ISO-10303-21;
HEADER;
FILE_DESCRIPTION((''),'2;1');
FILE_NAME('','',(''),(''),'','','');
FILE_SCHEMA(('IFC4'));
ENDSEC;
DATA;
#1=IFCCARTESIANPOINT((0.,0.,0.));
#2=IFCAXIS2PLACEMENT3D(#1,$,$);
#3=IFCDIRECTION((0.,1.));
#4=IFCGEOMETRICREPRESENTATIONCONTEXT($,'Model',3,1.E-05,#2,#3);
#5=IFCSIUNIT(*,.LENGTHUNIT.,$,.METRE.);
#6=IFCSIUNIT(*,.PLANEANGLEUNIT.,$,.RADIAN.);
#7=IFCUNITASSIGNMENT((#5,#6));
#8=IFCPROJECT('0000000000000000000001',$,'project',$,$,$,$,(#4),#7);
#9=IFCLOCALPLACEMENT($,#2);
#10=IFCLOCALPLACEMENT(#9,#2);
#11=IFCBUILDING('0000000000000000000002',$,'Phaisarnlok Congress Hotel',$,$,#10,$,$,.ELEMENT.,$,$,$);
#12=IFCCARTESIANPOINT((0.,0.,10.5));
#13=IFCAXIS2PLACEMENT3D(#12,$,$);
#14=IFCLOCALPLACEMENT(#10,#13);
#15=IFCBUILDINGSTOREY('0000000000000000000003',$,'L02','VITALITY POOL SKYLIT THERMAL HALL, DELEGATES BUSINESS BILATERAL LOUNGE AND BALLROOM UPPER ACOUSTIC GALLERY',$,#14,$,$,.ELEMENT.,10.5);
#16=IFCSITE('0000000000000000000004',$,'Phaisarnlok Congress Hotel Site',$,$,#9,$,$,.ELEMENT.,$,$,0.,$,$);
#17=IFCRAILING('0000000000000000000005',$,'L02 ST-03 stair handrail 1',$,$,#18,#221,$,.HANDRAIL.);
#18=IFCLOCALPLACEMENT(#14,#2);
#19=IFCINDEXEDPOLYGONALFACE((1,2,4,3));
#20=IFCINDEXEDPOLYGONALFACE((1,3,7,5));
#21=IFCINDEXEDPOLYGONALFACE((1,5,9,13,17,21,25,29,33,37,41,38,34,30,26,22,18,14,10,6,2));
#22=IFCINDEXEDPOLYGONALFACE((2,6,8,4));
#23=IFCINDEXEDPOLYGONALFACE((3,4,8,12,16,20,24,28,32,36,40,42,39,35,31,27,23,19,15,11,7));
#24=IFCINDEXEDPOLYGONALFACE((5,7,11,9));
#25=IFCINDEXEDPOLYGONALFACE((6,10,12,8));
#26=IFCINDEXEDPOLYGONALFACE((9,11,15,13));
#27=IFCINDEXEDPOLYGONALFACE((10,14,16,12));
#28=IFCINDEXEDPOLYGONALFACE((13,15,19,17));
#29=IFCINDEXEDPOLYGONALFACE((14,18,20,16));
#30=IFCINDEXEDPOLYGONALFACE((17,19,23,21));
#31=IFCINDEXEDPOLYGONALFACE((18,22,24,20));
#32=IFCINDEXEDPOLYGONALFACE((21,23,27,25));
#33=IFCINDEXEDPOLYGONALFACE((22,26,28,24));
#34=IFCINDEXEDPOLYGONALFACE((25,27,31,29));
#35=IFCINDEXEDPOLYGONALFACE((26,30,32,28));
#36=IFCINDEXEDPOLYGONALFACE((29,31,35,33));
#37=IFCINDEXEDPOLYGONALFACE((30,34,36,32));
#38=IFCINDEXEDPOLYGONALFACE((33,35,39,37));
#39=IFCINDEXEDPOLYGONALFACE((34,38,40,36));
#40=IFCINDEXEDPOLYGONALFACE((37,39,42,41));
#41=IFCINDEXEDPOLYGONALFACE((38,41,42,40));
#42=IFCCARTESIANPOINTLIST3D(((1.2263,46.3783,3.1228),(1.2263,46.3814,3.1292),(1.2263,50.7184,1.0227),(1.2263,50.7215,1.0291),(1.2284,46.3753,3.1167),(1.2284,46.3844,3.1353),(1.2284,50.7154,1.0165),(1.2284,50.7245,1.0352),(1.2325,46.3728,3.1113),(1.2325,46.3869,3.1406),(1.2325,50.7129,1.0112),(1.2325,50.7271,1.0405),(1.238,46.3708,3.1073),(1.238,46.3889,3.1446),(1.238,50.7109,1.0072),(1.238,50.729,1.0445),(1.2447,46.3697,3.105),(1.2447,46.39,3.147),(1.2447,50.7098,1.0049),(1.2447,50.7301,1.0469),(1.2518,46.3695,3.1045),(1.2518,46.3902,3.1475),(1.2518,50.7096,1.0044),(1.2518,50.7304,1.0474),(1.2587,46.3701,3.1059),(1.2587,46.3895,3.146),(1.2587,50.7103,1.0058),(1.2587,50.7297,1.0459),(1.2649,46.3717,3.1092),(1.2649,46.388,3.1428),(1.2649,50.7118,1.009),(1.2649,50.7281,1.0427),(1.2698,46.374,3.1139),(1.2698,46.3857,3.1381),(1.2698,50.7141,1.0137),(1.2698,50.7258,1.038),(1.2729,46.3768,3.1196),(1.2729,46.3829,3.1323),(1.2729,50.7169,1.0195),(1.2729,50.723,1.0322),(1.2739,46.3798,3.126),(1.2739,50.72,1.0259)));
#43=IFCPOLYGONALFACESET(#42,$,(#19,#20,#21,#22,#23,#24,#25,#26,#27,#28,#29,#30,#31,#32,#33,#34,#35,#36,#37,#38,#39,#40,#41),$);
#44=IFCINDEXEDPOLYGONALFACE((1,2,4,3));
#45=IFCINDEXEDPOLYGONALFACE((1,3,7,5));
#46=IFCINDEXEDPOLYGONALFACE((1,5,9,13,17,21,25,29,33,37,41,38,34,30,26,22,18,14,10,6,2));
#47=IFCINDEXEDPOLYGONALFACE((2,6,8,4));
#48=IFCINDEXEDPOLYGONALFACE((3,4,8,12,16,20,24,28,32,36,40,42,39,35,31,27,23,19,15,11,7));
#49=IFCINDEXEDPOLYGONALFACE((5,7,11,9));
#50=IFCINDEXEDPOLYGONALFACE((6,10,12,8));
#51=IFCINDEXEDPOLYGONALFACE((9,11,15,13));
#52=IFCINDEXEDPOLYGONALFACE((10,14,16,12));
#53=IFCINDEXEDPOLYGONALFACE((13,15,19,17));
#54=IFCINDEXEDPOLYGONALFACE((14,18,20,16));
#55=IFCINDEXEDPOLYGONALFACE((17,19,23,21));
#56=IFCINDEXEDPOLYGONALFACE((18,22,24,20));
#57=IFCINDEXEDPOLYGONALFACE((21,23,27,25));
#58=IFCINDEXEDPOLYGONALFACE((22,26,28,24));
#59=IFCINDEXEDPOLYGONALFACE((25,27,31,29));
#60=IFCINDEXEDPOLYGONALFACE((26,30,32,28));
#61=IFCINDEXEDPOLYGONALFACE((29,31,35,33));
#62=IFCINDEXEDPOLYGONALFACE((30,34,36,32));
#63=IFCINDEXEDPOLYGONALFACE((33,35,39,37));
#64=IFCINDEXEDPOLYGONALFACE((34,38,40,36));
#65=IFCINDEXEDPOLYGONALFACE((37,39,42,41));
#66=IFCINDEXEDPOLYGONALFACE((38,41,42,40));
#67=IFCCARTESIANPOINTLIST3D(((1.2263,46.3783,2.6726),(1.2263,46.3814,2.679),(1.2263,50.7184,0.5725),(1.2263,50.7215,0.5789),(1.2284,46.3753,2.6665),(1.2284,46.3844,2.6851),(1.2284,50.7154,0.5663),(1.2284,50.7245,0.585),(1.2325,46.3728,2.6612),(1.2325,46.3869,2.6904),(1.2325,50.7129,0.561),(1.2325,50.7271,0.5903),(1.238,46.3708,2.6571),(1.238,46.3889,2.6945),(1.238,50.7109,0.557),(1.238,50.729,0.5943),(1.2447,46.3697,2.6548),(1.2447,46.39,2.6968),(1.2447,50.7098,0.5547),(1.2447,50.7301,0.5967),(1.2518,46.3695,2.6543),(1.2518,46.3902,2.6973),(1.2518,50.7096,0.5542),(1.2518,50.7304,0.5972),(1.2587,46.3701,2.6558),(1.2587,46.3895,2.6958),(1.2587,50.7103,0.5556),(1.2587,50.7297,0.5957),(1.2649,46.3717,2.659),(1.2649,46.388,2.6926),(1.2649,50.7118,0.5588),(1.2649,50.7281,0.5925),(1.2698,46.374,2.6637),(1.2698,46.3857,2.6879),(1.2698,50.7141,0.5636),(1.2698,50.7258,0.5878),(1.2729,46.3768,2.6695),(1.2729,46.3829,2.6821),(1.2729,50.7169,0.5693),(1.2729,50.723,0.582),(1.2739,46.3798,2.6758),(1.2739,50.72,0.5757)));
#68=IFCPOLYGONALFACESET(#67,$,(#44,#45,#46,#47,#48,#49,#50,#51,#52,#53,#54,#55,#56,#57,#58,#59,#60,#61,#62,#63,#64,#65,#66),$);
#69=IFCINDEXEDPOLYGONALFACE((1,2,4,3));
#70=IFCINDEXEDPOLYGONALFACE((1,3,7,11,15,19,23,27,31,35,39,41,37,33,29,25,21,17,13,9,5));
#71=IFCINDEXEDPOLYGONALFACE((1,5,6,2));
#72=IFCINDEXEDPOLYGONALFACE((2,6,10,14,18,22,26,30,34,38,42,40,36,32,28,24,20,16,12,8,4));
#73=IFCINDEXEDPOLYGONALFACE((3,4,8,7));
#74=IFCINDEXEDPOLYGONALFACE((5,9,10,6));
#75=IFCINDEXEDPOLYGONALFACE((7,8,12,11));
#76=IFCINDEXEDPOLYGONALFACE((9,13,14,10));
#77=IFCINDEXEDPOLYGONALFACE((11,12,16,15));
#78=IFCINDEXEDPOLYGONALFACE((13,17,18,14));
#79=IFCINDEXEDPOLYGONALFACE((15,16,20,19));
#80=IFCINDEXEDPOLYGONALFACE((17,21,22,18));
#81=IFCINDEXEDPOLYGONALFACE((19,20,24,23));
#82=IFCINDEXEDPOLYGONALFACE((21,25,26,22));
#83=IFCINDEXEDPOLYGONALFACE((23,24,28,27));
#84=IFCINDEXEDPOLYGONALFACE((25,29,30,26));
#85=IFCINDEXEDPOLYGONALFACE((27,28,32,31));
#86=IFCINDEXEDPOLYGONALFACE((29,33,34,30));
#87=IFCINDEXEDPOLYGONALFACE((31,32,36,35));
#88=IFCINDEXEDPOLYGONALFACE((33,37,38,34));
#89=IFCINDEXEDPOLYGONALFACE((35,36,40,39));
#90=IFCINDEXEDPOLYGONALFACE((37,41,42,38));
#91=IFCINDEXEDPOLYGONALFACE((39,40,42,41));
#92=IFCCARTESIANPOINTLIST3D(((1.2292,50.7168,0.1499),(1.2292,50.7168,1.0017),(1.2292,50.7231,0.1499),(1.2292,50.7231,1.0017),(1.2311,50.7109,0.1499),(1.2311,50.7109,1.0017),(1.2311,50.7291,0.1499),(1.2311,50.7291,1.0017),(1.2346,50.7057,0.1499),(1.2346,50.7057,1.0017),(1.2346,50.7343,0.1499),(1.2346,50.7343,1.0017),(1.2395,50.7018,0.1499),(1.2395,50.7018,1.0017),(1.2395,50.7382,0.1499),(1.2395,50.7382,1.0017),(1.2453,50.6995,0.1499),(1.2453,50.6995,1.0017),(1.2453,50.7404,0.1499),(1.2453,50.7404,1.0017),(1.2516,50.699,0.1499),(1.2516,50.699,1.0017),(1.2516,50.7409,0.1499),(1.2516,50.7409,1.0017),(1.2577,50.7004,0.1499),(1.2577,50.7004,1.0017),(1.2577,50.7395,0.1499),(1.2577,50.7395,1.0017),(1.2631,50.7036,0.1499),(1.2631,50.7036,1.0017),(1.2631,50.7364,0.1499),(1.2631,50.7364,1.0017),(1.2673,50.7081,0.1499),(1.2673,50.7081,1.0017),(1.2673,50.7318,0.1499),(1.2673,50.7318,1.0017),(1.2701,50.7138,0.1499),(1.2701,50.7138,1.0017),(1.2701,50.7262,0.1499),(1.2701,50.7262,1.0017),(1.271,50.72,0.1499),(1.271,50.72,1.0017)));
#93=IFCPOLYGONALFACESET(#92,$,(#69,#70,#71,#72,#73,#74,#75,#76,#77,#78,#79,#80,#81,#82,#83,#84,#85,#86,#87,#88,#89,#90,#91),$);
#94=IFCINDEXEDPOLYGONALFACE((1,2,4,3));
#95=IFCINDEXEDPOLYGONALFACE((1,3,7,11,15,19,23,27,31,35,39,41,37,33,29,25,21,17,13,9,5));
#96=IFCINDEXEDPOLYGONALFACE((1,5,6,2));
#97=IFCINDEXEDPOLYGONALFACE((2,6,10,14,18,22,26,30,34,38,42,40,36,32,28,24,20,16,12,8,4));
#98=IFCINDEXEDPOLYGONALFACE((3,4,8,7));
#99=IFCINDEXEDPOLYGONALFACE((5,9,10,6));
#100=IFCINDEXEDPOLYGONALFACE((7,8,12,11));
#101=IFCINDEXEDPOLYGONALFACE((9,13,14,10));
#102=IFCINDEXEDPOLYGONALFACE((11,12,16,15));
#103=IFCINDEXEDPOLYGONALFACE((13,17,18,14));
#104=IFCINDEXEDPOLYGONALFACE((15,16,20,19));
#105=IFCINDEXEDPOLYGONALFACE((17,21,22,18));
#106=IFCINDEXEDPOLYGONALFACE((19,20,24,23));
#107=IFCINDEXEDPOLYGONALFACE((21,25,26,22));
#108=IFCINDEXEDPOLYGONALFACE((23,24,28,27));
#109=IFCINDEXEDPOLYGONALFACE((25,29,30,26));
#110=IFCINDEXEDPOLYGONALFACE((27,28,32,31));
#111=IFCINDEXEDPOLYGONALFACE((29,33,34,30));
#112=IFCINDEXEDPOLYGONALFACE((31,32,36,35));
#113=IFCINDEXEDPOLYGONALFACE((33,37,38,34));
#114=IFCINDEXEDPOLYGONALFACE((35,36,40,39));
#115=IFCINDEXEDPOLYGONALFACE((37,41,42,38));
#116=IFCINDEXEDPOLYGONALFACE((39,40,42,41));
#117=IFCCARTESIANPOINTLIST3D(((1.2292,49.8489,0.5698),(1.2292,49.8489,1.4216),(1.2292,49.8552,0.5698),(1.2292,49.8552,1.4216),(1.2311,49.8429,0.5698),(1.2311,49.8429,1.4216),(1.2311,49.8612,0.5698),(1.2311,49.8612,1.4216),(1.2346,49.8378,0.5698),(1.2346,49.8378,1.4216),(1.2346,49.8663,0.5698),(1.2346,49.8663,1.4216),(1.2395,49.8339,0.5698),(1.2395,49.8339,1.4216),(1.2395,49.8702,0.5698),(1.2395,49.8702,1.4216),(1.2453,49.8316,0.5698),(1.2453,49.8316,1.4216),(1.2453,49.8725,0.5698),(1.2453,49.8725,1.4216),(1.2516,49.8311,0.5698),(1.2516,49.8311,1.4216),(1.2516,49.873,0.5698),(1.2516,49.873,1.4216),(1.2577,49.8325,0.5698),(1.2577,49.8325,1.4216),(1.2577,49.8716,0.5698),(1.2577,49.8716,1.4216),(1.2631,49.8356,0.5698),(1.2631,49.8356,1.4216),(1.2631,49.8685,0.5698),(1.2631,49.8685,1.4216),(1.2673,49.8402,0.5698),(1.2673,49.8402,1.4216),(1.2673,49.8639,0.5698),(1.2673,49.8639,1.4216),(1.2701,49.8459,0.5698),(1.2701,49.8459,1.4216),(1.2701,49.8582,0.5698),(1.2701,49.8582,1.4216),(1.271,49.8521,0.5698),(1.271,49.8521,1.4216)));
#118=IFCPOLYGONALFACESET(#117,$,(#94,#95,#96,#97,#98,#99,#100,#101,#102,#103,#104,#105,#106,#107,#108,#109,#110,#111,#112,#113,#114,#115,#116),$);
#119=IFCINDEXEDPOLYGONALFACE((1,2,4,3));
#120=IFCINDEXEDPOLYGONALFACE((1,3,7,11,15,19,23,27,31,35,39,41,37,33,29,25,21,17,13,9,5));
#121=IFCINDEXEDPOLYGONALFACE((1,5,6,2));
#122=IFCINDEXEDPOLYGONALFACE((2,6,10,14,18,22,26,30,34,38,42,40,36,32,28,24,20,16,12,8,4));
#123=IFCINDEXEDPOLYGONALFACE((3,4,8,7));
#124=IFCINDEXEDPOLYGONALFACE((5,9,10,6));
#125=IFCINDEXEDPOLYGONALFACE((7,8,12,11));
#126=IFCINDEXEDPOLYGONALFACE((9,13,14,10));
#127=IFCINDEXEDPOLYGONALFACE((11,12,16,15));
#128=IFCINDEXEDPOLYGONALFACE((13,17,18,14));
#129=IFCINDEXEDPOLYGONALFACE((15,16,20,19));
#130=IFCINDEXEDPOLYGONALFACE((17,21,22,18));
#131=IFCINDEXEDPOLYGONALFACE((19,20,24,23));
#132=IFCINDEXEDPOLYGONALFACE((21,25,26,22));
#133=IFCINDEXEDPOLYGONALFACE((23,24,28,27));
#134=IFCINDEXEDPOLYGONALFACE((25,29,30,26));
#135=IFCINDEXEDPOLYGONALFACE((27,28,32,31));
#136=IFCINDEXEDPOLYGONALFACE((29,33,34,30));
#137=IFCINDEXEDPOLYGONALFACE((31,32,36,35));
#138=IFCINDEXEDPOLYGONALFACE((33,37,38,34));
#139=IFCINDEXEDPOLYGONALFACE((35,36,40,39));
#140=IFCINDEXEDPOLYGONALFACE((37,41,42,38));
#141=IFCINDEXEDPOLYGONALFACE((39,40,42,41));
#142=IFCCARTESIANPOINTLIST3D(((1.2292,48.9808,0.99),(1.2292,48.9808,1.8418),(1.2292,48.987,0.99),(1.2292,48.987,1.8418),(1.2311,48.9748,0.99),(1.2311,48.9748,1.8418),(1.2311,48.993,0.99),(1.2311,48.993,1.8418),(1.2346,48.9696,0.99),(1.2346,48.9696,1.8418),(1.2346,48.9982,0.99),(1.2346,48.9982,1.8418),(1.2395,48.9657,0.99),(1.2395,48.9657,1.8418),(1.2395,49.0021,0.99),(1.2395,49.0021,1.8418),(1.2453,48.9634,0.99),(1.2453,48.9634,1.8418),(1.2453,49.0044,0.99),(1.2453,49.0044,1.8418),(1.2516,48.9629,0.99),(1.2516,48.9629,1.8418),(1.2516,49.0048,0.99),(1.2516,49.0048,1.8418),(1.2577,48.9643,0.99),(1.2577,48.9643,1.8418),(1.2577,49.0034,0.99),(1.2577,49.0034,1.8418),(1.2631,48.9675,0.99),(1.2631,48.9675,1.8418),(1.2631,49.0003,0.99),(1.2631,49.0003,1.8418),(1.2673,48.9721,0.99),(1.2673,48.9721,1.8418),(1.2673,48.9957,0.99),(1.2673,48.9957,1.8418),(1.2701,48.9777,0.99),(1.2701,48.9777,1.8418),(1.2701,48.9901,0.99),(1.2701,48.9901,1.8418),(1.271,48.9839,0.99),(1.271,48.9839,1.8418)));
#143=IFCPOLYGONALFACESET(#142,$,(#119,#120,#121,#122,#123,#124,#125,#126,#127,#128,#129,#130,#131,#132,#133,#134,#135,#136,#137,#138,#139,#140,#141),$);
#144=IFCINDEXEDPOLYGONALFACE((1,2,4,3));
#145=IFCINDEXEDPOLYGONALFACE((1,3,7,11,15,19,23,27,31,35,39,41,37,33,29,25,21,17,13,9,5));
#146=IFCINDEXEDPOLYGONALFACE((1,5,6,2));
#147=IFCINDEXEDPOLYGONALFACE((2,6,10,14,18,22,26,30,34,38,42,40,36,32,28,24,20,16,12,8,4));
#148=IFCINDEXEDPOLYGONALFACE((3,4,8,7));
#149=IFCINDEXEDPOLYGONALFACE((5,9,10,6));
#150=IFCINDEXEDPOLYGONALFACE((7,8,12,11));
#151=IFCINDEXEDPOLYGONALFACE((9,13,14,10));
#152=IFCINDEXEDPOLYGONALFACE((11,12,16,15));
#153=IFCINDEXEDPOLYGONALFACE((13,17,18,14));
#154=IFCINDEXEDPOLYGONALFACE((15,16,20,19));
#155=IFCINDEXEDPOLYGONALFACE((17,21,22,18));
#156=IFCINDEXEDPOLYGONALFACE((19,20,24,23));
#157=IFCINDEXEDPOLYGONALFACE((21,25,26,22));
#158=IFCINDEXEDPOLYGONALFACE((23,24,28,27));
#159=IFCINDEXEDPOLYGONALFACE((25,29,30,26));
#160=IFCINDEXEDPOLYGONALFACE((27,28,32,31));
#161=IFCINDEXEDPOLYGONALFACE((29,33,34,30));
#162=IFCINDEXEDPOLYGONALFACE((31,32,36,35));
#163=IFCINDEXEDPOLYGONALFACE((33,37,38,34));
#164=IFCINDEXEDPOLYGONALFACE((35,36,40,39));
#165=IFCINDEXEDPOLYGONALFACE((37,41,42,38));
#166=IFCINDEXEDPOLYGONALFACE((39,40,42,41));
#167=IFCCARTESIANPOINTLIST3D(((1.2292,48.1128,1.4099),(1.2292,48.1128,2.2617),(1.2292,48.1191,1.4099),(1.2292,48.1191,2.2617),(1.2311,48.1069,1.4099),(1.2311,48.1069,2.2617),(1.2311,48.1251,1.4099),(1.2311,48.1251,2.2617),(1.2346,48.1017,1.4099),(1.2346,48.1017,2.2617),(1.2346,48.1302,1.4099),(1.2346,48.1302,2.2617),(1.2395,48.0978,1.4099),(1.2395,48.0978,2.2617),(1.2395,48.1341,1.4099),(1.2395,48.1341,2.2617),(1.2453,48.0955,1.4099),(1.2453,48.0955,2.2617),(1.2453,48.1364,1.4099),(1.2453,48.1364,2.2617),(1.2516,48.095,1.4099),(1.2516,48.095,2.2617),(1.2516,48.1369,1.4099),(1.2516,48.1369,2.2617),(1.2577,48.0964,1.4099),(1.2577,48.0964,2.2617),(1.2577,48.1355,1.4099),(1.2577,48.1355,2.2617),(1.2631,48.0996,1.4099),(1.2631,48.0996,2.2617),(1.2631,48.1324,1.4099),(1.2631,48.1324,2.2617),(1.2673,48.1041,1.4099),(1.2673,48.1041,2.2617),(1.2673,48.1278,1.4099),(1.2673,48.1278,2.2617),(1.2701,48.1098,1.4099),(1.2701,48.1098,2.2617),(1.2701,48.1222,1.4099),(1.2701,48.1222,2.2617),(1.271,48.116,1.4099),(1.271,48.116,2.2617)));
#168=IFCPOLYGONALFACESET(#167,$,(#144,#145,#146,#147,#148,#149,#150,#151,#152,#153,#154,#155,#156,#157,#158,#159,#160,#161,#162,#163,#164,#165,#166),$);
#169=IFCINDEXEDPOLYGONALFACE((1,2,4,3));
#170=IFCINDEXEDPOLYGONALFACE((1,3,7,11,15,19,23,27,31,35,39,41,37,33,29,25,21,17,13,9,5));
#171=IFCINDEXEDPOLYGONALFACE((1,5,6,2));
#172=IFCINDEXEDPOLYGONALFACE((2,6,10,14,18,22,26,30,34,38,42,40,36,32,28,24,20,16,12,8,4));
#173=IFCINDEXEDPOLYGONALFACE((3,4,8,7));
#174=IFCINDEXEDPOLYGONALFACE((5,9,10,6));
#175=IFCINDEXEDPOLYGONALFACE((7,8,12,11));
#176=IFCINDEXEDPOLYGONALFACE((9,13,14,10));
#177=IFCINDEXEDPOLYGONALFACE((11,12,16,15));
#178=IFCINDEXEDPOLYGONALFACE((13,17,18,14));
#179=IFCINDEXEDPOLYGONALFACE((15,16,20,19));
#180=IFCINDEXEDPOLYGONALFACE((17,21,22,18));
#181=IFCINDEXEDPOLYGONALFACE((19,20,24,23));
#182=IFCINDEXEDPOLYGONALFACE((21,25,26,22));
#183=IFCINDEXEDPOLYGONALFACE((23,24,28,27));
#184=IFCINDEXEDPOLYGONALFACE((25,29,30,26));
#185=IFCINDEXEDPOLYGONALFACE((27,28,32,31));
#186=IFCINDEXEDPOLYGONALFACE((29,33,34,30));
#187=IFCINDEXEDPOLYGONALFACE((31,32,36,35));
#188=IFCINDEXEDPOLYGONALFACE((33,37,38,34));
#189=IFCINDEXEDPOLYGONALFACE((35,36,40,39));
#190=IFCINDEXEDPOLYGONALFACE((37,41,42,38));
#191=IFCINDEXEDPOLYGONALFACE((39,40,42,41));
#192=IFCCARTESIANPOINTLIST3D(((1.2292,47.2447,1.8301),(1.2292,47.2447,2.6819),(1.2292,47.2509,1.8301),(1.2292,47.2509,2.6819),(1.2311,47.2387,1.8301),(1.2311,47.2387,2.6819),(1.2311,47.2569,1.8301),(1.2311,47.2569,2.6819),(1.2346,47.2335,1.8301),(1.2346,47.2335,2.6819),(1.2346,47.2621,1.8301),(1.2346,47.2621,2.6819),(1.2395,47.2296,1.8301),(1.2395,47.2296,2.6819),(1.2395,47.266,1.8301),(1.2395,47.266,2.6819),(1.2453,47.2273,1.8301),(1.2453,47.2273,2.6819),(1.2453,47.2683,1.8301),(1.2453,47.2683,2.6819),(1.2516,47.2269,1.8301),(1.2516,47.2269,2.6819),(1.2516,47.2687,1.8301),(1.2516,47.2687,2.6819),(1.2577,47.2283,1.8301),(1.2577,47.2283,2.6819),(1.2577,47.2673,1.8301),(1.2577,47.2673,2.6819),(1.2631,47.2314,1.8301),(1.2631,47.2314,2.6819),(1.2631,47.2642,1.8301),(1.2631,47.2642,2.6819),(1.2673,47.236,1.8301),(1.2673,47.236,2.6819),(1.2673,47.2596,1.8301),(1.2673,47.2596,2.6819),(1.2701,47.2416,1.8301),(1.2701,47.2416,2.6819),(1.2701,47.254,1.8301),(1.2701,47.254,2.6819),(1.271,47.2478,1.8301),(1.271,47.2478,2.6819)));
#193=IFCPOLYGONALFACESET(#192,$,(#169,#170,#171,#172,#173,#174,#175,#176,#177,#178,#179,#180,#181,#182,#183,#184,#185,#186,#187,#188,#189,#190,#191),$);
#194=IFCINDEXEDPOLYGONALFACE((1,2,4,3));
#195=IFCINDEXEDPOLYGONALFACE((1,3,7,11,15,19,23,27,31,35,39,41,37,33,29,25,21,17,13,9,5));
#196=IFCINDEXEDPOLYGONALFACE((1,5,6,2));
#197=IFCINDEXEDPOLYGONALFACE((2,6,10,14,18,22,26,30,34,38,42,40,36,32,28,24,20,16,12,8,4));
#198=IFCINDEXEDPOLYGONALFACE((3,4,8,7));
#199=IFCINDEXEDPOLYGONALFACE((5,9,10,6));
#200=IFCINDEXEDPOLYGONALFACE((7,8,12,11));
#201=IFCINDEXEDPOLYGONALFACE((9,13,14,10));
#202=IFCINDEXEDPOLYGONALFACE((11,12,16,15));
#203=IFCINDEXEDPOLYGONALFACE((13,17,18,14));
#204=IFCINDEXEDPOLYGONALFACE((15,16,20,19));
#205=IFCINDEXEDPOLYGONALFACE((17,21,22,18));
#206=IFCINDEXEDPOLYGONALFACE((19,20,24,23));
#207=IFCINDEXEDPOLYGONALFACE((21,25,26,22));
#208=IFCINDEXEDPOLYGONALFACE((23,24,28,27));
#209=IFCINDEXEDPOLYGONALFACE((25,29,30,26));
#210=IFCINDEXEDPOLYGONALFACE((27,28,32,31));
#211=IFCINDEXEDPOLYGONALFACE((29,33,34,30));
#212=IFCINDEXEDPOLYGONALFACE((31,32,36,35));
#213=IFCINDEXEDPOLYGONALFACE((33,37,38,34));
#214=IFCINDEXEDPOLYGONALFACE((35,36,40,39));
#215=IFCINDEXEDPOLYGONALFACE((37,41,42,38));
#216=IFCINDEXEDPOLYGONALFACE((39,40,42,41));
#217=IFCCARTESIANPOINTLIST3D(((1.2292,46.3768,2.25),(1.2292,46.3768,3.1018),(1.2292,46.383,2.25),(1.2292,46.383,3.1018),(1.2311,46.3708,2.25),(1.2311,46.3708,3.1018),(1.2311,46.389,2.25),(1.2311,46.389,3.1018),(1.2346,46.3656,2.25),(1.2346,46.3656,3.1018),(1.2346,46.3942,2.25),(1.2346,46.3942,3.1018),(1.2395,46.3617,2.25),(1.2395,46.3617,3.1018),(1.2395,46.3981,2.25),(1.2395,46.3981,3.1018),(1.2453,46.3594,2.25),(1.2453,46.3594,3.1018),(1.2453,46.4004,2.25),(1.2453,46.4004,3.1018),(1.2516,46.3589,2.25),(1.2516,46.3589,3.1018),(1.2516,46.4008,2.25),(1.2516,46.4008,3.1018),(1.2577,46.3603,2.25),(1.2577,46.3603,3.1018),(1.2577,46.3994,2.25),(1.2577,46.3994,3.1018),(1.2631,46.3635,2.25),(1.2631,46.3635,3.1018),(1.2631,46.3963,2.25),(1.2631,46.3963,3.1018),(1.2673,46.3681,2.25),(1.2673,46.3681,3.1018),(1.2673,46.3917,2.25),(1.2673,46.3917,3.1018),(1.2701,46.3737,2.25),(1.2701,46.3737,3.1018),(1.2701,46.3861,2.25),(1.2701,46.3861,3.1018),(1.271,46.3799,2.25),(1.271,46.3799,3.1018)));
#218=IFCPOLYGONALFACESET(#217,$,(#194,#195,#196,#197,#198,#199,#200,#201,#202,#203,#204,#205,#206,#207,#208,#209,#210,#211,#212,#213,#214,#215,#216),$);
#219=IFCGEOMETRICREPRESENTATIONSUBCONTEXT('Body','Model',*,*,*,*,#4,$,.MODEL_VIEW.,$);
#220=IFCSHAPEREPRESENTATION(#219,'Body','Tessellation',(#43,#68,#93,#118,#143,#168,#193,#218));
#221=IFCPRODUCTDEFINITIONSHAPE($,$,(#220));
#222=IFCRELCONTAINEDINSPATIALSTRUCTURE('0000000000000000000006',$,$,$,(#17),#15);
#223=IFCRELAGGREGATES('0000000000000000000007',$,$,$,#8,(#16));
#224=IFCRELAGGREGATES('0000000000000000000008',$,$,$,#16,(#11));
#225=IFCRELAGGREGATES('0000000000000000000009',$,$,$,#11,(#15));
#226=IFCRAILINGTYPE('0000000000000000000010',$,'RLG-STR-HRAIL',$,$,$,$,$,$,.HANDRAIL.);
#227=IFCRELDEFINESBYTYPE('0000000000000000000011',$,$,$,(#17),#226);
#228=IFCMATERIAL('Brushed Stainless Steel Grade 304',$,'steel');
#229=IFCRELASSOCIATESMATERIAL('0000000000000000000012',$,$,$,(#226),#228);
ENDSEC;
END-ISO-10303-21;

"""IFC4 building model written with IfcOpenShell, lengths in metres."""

from ifc_helpers import new_model, si_unit, direction, frame, origin, origin_2d, place, context, subcontext, project, spatial, circle, extrude, material, type_object, element, save


model = new_model("IFC4")

# Units and contexts
model_context = context("Model", 3, precision=1e-05, world=origin(), true_north=direction((0.0, 1.0)))
body_context = subcontext(model_context, "Body", "Model", "MODEL_VIEW")
ifc_project = project(units=[si_unit("LENGTHUNIT", "METRE"), si_unit("PLANEANGLEUNIT", "RADIAN")], contexts=[model_context])

# Site, building, storey
site_placement = place(None, origin())
site = spatial("IfcSite", under=ifc_project, at=site_placement, Name="Phaisarnlok Congress Hotel Site", CompositionType="ELEMENT", RefElevation=0.0)
building_placement = place(site_placement, origin())
building = spatial("IfcBuilding", under=site, at=building_placement, Name="Phaisarnlok Congress Hotel", CompositionType="ELEMENT")
storey_placement = place(building_placement, frame((0.0, 0.0, 10.5)))
storey = spatial("IfcBuildingStorey", under=building, at=storey_placement, Name="L02", Description="VITALITY POOL SKYLIT THERMAL HALL, DELEGATES BUSINESS BILATERAL LOUNGE AND BALLROOM UPPER ACOUSTIC GALLERY", CompositionType="ELEMENT", Elevation=10.5)

# Railing
ifc_material_1 = material(Name="Brushed Stainless Steel Grade 304", Category="steel")
railing_type_1 = type_object("IfcRailingType", Name="RLG-STR-HRAIL", PredefinedType="HANDRAIL", material=ifc_material_1)
railing_1_placement = place(storey_placement, frame((1.25, 50.72, 0.1499)))
element("IfcRailing", 1, at=railing_1_placement, inside=storey, type_object=railing_type_1, Name="L02 ST-03 stair handrail 1", PredefinedType="HANDRAIL", context=body_context, shape_type="SweptSolid", body=[
    extrude(circle(Radius=0.0239, at=origin_2d()), frame((0.0, 0.0, 0.876), z_axis=(0.0, -0.900155, 0.43557), x_axis=(1.0, 0.0, 0.0)), (0.0, 0.0, 1.0), 4.8215),
    extrude(circle(Radius=0.0239, at=origin_2d()), frame((0.0, 0.0, 0.4258), z_axis=(0.0, -0.900155, 0.43557), x_axis=(1.0, 0.0, 0.0)), (0.0, 0.0, 1.0), 4.8215),
    extrude(circle(Radius=0.021, at=origin_2d()), origin(), (0.0, 0.0, 1.0), 0.8518),
    extrude(circle(Radius=0.021, at=origin_2d()), frame((0.0, -0.8679, 0.4199)), (0.0, 0.0, 1.0), 0.8518),
    extrude(circle(Radius=0.021, at=origin_2d()), frame((0.0, -1.7361, 0.8401)), (0.0, 0.0, 1.0), 0.8518),
    extrude(circle(Radius=0.021, at=origin_2d()), frame((0.0, -2.604, 1.26)), (0.0, 0.0, 1.0), 0.8518),
    extrude(circle(Radius=0.021, at=origin_2d()), frame((0.0, -3.4722, 1.6802)), (0.0, 0.0, 1.0), 0.8518),
    extrude(circle(Radius=0.021, at=origin_2d()), frame((0.0, -4.3401, 2.1001)), (0.0, 0.0, 1.0), 0.8518),
])

save(model, "model.ifc")
